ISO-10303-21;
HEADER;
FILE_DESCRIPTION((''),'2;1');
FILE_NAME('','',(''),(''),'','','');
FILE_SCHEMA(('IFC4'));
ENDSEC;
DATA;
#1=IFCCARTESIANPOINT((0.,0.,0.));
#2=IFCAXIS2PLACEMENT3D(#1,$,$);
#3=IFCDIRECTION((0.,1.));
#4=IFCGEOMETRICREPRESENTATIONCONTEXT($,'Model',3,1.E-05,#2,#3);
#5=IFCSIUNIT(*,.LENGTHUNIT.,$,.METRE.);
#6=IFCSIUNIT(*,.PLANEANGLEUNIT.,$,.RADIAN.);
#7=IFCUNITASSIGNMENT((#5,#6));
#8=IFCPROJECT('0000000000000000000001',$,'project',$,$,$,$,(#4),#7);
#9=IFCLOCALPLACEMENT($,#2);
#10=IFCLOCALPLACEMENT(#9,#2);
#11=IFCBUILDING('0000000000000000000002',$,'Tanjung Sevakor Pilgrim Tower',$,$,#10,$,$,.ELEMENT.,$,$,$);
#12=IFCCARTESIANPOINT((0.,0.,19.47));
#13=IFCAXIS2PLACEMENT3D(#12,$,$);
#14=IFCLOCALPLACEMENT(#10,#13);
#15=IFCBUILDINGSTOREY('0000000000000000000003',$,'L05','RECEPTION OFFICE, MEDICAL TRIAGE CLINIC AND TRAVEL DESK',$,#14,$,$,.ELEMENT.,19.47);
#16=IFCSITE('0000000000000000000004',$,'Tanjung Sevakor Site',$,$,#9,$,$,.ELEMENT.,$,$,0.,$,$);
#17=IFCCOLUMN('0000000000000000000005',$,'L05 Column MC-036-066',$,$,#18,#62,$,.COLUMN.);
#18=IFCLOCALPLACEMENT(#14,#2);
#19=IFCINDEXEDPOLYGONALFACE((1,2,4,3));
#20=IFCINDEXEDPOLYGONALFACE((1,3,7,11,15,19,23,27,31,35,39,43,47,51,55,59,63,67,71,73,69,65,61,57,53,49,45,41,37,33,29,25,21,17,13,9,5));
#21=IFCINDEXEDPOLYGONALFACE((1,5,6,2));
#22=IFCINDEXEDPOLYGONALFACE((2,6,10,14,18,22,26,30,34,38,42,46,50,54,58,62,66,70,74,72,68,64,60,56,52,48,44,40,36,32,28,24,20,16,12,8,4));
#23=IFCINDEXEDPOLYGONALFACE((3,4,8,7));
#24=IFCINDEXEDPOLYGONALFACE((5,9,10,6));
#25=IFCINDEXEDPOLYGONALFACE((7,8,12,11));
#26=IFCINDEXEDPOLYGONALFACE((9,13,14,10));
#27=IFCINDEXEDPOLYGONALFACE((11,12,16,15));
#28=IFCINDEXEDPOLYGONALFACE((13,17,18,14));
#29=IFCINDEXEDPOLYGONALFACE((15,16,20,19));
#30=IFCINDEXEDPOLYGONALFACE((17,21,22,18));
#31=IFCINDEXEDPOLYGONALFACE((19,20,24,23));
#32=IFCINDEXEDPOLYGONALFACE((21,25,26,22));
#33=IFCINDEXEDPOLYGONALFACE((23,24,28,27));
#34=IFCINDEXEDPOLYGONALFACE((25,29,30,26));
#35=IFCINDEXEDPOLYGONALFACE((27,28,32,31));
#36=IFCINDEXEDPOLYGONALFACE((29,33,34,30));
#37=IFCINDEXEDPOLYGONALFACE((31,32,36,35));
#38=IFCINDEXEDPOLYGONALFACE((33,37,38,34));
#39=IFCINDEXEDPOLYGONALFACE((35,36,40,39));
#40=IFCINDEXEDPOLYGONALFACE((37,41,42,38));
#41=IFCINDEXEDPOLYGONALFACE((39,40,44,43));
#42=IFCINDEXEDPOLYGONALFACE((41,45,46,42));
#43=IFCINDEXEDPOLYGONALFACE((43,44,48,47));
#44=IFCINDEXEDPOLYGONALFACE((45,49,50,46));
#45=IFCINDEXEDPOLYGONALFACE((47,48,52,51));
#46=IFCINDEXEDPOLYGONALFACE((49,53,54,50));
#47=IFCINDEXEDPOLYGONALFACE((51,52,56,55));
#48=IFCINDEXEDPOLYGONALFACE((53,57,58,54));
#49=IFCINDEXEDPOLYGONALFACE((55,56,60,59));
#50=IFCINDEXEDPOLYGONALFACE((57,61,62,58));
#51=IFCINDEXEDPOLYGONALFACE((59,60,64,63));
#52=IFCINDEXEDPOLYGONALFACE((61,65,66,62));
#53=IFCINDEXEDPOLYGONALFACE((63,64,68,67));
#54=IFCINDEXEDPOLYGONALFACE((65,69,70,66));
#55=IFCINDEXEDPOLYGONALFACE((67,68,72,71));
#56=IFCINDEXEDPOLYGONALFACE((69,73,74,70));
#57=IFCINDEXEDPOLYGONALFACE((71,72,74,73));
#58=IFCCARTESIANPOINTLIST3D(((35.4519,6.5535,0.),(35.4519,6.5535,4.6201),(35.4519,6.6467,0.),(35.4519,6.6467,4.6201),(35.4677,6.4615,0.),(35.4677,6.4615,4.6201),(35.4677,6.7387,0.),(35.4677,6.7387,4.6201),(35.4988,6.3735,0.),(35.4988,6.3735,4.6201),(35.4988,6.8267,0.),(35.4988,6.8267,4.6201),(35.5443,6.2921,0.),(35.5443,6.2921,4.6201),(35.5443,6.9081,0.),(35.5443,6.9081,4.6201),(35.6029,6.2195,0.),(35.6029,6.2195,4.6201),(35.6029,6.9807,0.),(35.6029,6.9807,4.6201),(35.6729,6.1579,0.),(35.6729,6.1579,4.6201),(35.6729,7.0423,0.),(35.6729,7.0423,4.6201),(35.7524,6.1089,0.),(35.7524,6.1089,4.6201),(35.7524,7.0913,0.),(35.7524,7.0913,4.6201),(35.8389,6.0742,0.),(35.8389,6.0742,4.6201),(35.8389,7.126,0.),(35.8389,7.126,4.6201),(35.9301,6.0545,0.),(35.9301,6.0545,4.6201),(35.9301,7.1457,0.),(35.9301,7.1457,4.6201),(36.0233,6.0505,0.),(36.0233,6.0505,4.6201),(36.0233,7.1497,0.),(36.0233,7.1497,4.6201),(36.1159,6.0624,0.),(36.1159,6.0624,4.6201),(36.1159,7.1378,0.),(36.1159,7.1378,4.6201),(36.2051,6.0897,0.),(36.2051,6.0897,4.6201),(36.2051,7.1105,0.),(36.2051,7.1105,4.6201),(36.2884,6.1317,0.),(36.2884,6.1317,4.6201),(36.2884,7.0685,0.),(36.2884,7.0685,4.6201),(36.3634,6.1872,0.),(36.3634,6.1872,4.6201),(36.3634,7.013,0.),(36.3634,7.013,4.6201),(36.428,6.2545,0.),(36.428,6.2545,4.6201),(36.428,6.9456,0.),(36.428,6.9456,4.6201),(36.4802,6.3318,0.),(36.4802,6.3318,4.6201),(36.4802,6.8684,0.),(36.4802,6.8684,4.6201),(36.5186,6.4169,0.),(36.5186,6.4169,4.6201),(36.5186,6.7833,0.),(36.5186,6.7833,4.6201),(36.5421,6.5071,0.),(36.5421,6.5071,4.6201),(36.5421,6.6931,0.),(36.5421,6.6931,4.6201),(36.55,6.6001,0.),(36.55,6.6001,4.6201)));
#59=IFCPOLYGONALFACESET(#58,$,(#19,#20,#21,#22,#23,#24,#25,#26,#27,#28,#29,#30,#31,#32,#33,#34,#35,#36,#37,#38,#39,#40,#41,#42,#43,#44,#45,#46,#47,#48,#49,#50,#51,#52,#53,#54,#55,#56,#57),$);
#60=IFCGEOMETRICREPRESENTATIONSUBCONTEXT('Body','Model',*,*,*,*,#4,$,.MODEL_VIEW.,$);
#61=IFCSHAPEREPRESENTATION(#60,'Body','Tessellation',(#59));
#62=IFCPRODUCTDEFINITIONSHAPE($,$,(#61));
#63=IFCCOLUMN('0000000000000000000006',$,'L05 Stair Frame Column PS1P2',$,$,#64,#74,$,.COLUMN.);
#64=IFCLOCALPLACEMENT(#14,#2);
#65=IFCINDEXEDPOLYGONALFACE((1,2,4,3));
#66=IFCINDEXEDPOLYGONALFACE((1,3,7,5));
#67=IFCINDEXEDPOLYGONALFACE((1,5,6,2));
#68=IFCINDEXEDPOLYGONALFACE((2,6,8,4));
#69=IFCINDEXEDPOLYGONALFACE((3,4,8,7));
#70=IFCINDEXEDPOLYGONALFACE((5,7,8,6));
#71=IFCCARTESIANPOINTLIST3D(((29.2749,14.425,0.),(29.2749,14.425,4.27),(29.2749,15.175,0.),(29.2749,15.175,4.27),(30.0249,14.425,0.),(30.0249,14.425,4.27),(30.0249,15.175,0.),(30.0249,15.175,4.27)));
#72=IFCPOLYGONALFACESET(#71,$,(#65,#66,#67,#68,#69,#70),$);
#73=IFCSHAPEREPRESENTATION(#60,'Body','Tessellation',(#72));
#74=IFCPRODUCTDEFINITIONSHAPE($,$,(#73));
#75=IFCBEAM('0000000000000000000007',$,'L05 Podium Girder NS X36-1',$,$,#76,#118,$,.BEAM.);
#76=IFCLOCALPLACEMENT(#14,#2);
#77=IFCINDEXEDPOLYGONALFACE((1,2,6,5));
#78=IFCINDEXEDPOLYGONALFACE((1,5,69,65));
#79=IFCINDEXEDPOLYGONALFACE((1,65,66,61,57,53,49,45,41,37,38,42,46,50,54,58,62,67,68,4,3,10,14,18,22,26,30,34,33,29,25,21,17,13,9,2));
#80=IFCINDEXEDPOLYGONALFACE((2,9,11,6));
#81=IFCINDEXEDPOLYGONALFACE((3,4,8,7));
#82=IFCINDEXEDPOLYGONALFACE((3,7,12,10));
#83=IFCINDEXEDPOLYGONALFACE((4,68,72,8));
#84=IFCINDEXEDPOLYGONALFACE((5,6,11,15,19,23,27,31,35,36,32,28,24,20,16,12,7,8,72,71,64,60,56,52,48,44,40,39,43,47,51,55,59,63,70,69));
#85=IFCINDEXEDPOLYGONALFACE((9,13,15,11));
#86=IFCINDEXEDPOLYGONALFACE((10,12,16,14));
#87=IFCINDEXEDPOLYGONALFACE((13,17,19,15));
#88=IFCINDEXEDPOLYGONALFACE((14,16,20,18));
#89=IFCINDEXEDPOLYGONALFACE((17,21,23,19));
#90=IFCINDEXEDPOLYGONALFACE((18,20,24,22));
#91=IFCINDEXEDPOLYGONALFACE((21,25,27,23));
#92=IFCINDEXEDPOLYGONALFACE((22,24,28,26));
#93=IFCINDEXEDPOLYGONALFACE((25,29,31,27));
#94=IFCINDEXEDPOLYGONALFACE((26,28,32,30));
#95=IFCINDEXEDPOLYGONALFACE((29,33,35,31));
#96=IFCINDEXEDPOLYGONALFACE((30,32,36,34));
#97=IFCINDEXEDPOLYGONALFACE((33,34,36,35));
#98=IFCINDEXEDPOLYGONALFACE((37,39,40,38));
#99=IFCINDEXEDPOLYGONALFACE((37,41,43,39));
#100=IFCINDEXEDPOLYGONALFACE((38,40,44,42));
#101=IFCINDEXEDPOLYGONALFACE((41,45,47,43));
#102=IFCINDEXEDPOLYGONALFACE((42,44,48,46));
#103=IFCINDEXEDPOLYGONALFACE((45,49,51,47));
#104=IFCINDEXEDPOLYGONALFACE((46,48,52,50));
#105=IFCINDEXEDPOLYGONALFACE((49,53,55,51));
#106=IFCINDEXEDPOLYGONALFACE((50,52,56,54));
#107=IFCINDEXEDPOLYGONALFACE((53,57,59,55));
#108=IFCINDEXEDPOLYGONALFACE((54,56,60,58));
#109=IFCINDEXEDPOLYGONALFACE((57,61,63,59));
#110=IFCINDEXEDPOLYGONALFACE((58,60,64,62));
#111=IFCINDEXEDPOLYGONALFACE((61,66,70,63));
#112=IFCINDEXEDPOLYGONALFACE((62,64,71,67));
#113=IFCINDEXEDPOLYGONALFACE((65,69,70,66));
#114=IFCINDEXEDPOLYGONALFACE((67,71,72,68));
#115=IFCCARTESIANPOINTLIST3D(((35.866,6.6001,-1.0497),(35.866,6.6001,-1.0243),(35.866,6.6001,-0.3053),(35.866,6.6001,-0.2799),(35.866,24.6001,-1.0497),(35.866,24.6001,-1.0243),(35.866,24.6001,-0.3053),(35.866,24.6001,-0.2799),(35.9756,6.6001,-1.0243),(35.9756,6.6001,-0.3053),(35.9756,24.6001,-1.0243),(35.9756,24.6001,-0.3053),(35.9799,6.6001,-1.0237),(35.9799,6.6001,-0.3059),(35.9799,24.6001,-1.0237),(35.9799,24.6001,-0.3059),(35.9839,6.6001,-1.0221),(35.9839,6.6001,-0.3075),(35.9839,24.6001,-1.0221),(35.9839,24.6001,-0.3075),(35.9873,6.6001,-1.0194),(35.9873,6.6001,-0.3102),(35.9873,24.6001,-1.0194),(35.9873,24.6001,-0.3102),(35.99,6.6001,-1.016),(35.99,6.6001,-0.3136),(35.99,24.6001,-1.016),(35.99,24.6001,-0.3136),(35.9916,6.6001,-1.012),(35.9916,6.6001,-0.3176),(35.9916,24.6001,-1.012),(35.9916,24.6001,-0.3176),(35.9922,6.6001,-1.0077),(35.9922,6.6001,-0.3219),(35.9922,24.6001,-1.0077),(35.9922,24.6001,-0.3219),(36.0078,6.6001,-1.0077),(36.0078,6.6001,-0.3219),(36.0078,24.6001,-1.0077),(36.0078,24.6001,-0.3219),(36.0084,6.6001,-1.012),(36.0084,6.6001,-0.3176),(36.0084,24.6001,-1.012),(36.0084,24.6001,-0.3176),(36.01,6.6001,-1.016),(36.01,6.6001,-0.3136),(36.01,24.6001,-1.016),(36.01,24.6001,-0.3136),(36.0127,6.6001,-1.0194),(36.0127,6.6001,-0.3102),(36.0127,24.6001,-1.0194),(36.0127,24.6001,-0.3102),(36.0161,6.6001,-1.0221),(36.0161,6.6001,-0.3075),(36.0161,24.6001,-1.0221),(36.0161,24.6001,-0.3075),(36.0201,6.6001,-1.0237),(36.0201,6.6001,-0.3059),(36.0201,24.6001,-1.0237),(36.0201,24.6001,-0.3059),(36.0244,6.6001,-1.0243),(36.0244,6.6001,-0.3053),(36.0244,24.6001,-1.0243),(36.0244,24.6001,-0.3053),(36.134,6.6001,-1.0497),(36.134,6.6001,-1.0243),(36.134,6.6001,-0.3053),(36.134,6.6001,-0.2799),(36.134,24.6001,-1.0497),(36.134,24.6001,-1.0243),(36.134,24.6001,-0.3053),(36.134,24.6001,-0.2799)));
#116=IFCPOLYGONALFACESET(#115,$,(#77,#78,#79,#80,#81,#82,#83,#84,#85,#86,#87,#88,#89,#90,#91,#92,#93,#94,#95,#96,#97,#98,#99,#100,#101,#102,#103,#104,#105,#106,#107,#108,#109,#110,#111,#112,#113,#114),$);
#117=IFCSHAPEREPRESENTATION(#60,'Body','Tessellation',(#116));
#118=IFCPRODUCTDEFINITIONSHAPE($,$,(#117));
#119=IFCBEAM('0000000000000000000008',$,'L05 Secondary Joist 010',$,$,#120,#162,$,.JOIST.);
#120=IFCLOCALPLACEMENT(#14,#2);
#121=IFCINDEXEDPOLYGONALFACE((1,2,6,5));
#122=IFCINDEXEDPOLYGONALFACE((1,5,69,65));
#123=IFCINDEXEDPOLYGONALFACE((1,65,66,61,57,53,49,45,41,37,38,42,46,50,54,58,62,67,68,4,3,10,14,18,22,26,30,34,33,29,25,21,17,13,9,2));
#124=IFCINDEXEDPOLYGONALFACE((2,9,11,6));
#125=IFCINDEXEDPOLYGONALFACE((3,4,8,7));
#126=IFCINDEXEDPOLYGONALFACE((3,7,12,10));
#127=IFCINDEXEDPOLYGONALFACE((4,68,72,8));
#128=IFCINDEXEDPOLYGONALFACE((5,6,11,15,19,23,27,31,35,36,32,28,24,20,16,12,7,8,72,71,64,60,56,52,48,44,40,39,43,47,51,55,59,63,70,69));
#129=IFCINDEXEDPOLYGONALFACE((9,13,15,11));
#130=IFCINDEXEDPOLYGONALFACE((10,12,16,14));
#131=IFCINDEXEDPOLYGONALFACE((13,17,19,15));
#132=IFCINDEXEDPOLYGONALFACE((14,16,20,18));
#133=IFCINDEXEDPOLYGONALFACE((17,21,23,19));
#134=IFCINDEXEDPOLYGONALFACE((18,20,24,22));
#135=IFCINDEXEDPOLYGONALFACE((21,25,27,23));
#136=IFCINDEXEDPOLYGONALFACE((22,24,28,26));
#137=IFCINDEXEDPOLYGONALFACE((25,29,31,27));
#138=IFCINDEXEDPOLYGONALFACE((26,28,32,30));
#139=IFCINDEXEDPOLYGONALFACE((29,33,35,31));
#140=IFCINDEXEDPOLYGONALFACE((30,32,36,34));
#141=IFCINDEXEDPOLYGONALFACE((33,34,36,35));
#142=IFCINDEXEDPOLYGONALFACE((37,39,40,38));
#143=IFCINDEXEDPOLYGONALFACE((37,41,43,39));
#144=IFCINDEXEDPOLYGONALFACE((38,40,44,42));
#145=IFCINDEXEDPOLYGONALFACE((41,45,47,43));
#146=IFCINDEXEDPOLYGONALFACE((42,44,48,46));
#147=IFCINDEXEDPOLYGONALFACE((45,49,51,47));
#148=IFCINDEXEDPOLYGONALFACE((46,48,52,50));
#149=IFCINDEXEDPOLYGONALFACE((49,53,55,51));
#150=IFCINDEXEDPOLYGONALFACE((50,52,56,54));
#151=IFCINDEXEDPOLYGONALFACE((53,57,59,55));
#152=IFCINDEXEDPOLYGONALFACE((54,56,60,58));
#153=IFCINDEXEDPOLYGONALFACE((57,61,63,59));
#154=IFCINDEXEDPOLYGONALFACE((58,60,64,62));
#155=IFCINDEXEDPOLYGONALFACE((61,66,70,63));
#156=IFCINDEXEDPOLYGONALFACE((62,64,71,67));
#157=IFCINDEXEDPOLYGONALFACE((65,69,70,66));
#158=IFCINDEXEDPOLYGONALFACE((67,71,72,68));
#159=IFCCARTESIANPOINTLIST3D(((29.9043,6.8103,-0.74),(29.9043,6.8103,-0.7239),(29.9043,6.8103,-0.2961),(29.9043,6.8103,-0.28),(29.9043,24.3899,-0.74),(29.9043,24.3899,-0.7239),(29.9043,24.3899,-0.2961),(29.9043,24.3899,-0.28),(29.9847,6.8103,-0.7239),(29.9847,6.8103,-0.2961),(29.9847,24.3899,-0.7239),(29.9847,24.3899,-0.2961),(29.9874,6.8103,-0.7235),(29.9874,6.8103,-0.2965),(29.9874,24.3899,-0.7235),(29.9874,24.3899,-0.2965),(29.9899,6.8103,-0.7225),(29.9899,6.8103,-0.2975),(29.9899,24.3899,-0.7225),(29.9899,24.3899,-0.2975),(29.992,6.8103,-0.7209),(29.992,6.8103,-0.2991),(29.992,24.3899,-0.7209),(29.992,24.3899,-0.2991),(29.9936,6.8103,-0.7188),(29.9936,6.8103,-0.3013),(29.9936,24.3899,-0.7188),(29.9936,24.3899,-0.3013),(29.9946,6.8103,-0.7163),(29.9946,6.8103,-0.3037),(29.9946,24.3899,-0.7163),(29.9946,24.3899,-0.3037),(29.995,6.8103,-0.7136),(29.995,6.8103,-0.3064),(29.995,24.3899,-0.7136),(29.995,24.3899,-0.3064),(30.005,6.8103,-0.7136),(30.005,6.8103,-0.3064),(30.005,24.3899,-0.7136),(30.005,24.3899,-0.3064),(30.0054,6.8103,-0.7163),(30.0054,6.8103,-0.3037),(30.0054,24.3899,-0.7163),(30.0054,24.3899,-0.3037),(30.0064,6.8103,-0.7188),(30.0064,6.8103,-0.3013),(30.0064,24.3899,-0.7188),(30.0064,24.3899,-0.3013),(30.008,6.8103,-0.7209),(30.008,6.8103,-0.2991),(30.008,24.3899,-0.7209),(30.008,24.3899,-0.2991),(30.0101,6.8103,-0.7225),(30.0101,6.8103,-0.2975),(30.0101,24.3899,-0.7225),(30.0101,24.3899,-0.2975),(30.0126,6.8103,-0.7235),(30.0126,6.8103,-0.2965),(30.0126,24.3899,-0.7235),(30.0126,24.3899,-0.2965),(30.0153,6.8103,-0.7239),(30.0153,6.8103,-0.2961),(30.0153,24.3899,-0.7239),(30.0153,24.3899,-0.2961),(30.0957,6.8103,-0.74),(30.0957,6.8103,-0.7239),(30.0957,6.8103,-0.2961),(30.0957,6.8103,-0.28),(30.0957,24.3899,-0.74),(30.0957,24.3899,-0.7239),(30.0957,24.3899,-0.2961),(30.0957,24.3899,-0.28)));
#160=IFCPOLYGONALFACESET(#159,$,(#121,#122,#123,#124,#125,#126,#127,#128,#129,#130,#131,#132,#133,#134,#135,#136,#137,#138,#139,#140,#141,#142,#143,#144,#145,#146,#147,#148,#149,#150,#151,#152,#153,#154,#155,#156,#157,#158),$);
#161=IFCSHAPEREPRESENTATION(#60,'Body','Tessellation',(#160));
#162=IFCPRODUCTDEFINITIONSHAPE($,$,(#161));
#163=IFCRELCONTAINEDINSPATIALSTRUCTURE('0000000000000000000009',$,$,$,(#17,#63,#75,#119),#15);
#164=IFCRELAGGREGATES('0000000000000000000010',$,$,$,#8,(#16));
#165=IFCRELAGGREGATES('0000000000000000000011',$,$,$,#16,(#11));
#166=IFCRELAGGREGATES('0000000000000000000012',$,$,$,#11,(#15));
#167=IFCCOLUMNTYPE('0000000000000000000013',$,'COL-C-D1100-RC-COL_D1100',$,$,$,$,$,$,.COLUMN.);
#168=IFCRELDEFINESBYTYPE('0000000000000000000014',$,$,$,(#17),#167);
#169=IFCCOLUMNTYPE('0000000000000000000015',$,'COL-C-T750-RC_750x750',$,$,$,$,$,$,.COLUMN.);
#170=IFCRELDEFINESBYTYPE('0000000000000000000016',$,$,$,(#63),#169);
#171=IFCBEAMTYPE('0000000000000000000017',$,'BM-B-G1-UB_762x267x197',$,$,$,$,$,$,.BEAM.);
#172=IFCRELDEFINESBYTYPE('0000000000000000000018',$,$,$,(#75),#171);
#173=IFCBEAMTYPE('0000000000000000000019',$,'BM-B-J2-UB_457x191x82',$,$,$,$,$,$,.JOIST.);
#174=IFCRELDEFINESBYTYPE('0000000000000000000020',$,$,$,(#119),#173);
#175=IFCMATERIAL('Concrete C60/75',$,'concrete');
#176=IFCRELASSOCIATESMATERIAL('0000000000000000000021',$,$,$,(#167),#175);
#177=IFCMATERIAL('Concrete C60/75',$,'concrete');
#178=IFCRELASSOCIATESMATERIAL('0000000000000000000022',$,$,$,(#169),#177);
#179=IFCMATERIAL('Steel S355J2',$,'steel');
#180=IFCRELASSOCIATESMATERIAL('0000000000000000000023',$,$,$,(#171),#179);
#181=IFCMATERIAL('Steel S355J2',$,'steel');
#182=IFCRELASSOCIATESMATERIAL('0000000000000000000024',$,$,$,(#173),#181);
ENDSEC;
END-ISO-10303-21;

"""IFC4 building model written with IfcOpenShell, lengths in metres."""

from ifc_helpers import new_model, si_unit, direction, frame, origin, origin_2d, place, context, subcontext, project, spatial, rectangle, circle, i_section, extrude, material, material_profile, profile_set, type_object, element, save


model = new_model("IFC4")

# Units and contexts
model_context = context("Model", 3, precision=1e-05, world=origin(), true_north=direction((0.0, 1.0)))
body_context = subcontext(model_context, "Body", "Model", "MODEL_VIEW")
ifc_project = project(units=[si_unit("LENGTHUNIT", "METRE"), si_unit("PLANEANGLEUNIT", "RADIAN")], contexts=[model_context])

# Site, building, storey
site_placement = place(None, origin())
site = spatial("IfcSite", under=ifc_project, at=site_placement, Name="Tanjung Sevakor Site", CompositionType="ELEMENT", RefElevation=0.0)
building_placement = place(site_placement, origin())
building = spatial("IfcBuilding", under=site, at=building_placement, Name="Tanjung Sevakor Pilgrim Tower", CompositionType="ELEMENT")
storey_placement = place(building_placement, frame((0.0, 0.0, 19.47)))
storey = spatial("IfcBuildingStorey", under=building, at=storey_placement, Name="L05", Description="RECEPTION OFFICE, MEDICAL TRIAGE CLINIC AND TRAVEL DESK", CompositionType="ELEMENT", Elevation=19.47)

# Columns
ifc_material_1 = material(Name="Concrete C60/75", Category="concrete")
ifc_material_profile_1 = material_profile(ifc_material_1, circle(Radius=0.55, at=origin_2d()))
ifc_profile_set_1 = profile_set([ifc_material_profile_1], Name="Concrete C60/75")
column_type_1 = type_object("IfcColumnType", Name="COL-C-D1100-RC-COL_D1100", PredefinedType="COLUMN", material=ifc_profile_set_1)
column_1_placement = place(storey_placement, frame((36.0, 6.6001, 0.0), z_axis=(0.0, 0.0, 1.0), x_axis=(1.0, 0.0, 0.0)))
element("IfcColumn", 1, at=column_1_placement, inside=storey, type_object=column_type_1, Name="L05 Column MC-036-066", PredefinedType="COLUMN", context=body_context, shape_type="SweptSolid", body=[
    extrude(circle(Radius=0.55, at=origin_2d()), origin(), (0.0, 0.0, 1.0), 4.6201),
])
ifc_material_2 = material(Name="Concrete C60/75", Category="concrete")
ifc_material_profile_2 = material_profile(ifc_material_2, rectangle(XDim=0.75, YDim=0.75, at=origin_2d()))
ifc_profile_set_2 = profile_set([ifc_material_profile_2], Name="Concrete C60/75")
column_type_2 = type_object("IfcColumnType", Name="COL-C-T750-RC_750x750", PredefinedType="COLUMN", material=ifc_profile_set_2)
column_2_placement = place(storey_placement, frame((29.6499, 14.8, 0.0), z_axis=(0.0, 0.0, 1.0), x_axis=(1.0, 0.0, 0.0)))
element("IfcColumn", 2, at=column_2_placement, inside=storey, type_object=column_type_2, Name="L05 Stair Frame Column PS1P2", PredefinedType="COLUMN", context=body_context, shape_type="SweptSolid", body=[
    extrude(rectangle(XDim=0.75, YDim=0.75, at=origin_2d()), origin(), (0.0, 0.0, 1.0), 4.27),
])

# Beams
ifc_material_3 = material(Name="Steel S355J2", Category="steel")
ifc_material_profile_3 = material_profile(ifc_material_3, i_section(OverallWidth=0.2681, OverallDepth=0.7698, WebThickness=0.0156, FlangeThickness=0.0254, FilletRadius=0.0166, at=origin_2d()))
ifc_profile_set_3 = profile_set([ifc_material_profile_3], Name="Steel S355J2")
beam_type_1 = type_object("IfcBeamType", Name="BM-B-G1-UB_762x267x197", PredefinedType="BEAM", material=ifc_profile_set_3)
beam_placement = place(storey_placement, frame((36.0, 6.6001, -0.6648), z_axis=(0.0, 1.0, 0.0), x_axis=(-1.0, 0.0, 0.0)))
element("IfcBeam", 3, at=beam_placement, inside=storey, type_object=beam_type_1, Name="L05 Podium Girder NS X36-1", PredefinedType="BEAM", context=body_context, shape_type="SweptSolid", body=[
    extrude(i_section(OverallWidth=0.2681, OverallDepth=0.7698, WebThickness=0.0156, FlangeThickness=0.0254, FilletRadius=0.0166, at=origin_2d()), origin(), (0.0, 0.0, 1.0), 18.0),
])
ifc_material_4 = material(Name="Steel S355J2", Category="steel")
ifc_material_profile_4 = material_profile(ifc_material_4, i_section(OverallWidth=0.1914, OverallDepth=0.46, WebThickness=0.01, FlangeThickness=0.0161, FilletRadius=0.0103, at=origin_2d()))
ifc_profile_set_4 = profile_set([ifc_material_profile_4], Name="Steel S355J2")
beam_type_2 = type_object("IfcBeamType", Name="BM-B-J2-UB_457x191x82", PredefinedType="JOIST", material=ifc_profile_set_4)
for number, where, z_axis, x_axis, name in (
    (4, (30.0, 6.8103, -0.51), (0.0, 1.0, 0.0), (-1.0, 0.0, 0.0), "L05 Secondary Joist 010"),
):
    element("IfcBeam", number, at=place(storey_placement, frame(where, z_axis=z_axis, x_axis=x_axis)), inside=storey, type_object=beam_type_2, Name=name, PredefinedType="JOIST", context=body_context, shape_type="SweptSolid", body=[
        extrude(i_section(OverallWidth=0.1914, OverallDepth=0.46, WebThickness=0.01, FlangeThickness=0.0161, FilletRadius=0.0103, at=origin_2d()), origin(), (0.0, 0.0, 1.0), 17.5796),
    ])

save(model, "model.ifc")
